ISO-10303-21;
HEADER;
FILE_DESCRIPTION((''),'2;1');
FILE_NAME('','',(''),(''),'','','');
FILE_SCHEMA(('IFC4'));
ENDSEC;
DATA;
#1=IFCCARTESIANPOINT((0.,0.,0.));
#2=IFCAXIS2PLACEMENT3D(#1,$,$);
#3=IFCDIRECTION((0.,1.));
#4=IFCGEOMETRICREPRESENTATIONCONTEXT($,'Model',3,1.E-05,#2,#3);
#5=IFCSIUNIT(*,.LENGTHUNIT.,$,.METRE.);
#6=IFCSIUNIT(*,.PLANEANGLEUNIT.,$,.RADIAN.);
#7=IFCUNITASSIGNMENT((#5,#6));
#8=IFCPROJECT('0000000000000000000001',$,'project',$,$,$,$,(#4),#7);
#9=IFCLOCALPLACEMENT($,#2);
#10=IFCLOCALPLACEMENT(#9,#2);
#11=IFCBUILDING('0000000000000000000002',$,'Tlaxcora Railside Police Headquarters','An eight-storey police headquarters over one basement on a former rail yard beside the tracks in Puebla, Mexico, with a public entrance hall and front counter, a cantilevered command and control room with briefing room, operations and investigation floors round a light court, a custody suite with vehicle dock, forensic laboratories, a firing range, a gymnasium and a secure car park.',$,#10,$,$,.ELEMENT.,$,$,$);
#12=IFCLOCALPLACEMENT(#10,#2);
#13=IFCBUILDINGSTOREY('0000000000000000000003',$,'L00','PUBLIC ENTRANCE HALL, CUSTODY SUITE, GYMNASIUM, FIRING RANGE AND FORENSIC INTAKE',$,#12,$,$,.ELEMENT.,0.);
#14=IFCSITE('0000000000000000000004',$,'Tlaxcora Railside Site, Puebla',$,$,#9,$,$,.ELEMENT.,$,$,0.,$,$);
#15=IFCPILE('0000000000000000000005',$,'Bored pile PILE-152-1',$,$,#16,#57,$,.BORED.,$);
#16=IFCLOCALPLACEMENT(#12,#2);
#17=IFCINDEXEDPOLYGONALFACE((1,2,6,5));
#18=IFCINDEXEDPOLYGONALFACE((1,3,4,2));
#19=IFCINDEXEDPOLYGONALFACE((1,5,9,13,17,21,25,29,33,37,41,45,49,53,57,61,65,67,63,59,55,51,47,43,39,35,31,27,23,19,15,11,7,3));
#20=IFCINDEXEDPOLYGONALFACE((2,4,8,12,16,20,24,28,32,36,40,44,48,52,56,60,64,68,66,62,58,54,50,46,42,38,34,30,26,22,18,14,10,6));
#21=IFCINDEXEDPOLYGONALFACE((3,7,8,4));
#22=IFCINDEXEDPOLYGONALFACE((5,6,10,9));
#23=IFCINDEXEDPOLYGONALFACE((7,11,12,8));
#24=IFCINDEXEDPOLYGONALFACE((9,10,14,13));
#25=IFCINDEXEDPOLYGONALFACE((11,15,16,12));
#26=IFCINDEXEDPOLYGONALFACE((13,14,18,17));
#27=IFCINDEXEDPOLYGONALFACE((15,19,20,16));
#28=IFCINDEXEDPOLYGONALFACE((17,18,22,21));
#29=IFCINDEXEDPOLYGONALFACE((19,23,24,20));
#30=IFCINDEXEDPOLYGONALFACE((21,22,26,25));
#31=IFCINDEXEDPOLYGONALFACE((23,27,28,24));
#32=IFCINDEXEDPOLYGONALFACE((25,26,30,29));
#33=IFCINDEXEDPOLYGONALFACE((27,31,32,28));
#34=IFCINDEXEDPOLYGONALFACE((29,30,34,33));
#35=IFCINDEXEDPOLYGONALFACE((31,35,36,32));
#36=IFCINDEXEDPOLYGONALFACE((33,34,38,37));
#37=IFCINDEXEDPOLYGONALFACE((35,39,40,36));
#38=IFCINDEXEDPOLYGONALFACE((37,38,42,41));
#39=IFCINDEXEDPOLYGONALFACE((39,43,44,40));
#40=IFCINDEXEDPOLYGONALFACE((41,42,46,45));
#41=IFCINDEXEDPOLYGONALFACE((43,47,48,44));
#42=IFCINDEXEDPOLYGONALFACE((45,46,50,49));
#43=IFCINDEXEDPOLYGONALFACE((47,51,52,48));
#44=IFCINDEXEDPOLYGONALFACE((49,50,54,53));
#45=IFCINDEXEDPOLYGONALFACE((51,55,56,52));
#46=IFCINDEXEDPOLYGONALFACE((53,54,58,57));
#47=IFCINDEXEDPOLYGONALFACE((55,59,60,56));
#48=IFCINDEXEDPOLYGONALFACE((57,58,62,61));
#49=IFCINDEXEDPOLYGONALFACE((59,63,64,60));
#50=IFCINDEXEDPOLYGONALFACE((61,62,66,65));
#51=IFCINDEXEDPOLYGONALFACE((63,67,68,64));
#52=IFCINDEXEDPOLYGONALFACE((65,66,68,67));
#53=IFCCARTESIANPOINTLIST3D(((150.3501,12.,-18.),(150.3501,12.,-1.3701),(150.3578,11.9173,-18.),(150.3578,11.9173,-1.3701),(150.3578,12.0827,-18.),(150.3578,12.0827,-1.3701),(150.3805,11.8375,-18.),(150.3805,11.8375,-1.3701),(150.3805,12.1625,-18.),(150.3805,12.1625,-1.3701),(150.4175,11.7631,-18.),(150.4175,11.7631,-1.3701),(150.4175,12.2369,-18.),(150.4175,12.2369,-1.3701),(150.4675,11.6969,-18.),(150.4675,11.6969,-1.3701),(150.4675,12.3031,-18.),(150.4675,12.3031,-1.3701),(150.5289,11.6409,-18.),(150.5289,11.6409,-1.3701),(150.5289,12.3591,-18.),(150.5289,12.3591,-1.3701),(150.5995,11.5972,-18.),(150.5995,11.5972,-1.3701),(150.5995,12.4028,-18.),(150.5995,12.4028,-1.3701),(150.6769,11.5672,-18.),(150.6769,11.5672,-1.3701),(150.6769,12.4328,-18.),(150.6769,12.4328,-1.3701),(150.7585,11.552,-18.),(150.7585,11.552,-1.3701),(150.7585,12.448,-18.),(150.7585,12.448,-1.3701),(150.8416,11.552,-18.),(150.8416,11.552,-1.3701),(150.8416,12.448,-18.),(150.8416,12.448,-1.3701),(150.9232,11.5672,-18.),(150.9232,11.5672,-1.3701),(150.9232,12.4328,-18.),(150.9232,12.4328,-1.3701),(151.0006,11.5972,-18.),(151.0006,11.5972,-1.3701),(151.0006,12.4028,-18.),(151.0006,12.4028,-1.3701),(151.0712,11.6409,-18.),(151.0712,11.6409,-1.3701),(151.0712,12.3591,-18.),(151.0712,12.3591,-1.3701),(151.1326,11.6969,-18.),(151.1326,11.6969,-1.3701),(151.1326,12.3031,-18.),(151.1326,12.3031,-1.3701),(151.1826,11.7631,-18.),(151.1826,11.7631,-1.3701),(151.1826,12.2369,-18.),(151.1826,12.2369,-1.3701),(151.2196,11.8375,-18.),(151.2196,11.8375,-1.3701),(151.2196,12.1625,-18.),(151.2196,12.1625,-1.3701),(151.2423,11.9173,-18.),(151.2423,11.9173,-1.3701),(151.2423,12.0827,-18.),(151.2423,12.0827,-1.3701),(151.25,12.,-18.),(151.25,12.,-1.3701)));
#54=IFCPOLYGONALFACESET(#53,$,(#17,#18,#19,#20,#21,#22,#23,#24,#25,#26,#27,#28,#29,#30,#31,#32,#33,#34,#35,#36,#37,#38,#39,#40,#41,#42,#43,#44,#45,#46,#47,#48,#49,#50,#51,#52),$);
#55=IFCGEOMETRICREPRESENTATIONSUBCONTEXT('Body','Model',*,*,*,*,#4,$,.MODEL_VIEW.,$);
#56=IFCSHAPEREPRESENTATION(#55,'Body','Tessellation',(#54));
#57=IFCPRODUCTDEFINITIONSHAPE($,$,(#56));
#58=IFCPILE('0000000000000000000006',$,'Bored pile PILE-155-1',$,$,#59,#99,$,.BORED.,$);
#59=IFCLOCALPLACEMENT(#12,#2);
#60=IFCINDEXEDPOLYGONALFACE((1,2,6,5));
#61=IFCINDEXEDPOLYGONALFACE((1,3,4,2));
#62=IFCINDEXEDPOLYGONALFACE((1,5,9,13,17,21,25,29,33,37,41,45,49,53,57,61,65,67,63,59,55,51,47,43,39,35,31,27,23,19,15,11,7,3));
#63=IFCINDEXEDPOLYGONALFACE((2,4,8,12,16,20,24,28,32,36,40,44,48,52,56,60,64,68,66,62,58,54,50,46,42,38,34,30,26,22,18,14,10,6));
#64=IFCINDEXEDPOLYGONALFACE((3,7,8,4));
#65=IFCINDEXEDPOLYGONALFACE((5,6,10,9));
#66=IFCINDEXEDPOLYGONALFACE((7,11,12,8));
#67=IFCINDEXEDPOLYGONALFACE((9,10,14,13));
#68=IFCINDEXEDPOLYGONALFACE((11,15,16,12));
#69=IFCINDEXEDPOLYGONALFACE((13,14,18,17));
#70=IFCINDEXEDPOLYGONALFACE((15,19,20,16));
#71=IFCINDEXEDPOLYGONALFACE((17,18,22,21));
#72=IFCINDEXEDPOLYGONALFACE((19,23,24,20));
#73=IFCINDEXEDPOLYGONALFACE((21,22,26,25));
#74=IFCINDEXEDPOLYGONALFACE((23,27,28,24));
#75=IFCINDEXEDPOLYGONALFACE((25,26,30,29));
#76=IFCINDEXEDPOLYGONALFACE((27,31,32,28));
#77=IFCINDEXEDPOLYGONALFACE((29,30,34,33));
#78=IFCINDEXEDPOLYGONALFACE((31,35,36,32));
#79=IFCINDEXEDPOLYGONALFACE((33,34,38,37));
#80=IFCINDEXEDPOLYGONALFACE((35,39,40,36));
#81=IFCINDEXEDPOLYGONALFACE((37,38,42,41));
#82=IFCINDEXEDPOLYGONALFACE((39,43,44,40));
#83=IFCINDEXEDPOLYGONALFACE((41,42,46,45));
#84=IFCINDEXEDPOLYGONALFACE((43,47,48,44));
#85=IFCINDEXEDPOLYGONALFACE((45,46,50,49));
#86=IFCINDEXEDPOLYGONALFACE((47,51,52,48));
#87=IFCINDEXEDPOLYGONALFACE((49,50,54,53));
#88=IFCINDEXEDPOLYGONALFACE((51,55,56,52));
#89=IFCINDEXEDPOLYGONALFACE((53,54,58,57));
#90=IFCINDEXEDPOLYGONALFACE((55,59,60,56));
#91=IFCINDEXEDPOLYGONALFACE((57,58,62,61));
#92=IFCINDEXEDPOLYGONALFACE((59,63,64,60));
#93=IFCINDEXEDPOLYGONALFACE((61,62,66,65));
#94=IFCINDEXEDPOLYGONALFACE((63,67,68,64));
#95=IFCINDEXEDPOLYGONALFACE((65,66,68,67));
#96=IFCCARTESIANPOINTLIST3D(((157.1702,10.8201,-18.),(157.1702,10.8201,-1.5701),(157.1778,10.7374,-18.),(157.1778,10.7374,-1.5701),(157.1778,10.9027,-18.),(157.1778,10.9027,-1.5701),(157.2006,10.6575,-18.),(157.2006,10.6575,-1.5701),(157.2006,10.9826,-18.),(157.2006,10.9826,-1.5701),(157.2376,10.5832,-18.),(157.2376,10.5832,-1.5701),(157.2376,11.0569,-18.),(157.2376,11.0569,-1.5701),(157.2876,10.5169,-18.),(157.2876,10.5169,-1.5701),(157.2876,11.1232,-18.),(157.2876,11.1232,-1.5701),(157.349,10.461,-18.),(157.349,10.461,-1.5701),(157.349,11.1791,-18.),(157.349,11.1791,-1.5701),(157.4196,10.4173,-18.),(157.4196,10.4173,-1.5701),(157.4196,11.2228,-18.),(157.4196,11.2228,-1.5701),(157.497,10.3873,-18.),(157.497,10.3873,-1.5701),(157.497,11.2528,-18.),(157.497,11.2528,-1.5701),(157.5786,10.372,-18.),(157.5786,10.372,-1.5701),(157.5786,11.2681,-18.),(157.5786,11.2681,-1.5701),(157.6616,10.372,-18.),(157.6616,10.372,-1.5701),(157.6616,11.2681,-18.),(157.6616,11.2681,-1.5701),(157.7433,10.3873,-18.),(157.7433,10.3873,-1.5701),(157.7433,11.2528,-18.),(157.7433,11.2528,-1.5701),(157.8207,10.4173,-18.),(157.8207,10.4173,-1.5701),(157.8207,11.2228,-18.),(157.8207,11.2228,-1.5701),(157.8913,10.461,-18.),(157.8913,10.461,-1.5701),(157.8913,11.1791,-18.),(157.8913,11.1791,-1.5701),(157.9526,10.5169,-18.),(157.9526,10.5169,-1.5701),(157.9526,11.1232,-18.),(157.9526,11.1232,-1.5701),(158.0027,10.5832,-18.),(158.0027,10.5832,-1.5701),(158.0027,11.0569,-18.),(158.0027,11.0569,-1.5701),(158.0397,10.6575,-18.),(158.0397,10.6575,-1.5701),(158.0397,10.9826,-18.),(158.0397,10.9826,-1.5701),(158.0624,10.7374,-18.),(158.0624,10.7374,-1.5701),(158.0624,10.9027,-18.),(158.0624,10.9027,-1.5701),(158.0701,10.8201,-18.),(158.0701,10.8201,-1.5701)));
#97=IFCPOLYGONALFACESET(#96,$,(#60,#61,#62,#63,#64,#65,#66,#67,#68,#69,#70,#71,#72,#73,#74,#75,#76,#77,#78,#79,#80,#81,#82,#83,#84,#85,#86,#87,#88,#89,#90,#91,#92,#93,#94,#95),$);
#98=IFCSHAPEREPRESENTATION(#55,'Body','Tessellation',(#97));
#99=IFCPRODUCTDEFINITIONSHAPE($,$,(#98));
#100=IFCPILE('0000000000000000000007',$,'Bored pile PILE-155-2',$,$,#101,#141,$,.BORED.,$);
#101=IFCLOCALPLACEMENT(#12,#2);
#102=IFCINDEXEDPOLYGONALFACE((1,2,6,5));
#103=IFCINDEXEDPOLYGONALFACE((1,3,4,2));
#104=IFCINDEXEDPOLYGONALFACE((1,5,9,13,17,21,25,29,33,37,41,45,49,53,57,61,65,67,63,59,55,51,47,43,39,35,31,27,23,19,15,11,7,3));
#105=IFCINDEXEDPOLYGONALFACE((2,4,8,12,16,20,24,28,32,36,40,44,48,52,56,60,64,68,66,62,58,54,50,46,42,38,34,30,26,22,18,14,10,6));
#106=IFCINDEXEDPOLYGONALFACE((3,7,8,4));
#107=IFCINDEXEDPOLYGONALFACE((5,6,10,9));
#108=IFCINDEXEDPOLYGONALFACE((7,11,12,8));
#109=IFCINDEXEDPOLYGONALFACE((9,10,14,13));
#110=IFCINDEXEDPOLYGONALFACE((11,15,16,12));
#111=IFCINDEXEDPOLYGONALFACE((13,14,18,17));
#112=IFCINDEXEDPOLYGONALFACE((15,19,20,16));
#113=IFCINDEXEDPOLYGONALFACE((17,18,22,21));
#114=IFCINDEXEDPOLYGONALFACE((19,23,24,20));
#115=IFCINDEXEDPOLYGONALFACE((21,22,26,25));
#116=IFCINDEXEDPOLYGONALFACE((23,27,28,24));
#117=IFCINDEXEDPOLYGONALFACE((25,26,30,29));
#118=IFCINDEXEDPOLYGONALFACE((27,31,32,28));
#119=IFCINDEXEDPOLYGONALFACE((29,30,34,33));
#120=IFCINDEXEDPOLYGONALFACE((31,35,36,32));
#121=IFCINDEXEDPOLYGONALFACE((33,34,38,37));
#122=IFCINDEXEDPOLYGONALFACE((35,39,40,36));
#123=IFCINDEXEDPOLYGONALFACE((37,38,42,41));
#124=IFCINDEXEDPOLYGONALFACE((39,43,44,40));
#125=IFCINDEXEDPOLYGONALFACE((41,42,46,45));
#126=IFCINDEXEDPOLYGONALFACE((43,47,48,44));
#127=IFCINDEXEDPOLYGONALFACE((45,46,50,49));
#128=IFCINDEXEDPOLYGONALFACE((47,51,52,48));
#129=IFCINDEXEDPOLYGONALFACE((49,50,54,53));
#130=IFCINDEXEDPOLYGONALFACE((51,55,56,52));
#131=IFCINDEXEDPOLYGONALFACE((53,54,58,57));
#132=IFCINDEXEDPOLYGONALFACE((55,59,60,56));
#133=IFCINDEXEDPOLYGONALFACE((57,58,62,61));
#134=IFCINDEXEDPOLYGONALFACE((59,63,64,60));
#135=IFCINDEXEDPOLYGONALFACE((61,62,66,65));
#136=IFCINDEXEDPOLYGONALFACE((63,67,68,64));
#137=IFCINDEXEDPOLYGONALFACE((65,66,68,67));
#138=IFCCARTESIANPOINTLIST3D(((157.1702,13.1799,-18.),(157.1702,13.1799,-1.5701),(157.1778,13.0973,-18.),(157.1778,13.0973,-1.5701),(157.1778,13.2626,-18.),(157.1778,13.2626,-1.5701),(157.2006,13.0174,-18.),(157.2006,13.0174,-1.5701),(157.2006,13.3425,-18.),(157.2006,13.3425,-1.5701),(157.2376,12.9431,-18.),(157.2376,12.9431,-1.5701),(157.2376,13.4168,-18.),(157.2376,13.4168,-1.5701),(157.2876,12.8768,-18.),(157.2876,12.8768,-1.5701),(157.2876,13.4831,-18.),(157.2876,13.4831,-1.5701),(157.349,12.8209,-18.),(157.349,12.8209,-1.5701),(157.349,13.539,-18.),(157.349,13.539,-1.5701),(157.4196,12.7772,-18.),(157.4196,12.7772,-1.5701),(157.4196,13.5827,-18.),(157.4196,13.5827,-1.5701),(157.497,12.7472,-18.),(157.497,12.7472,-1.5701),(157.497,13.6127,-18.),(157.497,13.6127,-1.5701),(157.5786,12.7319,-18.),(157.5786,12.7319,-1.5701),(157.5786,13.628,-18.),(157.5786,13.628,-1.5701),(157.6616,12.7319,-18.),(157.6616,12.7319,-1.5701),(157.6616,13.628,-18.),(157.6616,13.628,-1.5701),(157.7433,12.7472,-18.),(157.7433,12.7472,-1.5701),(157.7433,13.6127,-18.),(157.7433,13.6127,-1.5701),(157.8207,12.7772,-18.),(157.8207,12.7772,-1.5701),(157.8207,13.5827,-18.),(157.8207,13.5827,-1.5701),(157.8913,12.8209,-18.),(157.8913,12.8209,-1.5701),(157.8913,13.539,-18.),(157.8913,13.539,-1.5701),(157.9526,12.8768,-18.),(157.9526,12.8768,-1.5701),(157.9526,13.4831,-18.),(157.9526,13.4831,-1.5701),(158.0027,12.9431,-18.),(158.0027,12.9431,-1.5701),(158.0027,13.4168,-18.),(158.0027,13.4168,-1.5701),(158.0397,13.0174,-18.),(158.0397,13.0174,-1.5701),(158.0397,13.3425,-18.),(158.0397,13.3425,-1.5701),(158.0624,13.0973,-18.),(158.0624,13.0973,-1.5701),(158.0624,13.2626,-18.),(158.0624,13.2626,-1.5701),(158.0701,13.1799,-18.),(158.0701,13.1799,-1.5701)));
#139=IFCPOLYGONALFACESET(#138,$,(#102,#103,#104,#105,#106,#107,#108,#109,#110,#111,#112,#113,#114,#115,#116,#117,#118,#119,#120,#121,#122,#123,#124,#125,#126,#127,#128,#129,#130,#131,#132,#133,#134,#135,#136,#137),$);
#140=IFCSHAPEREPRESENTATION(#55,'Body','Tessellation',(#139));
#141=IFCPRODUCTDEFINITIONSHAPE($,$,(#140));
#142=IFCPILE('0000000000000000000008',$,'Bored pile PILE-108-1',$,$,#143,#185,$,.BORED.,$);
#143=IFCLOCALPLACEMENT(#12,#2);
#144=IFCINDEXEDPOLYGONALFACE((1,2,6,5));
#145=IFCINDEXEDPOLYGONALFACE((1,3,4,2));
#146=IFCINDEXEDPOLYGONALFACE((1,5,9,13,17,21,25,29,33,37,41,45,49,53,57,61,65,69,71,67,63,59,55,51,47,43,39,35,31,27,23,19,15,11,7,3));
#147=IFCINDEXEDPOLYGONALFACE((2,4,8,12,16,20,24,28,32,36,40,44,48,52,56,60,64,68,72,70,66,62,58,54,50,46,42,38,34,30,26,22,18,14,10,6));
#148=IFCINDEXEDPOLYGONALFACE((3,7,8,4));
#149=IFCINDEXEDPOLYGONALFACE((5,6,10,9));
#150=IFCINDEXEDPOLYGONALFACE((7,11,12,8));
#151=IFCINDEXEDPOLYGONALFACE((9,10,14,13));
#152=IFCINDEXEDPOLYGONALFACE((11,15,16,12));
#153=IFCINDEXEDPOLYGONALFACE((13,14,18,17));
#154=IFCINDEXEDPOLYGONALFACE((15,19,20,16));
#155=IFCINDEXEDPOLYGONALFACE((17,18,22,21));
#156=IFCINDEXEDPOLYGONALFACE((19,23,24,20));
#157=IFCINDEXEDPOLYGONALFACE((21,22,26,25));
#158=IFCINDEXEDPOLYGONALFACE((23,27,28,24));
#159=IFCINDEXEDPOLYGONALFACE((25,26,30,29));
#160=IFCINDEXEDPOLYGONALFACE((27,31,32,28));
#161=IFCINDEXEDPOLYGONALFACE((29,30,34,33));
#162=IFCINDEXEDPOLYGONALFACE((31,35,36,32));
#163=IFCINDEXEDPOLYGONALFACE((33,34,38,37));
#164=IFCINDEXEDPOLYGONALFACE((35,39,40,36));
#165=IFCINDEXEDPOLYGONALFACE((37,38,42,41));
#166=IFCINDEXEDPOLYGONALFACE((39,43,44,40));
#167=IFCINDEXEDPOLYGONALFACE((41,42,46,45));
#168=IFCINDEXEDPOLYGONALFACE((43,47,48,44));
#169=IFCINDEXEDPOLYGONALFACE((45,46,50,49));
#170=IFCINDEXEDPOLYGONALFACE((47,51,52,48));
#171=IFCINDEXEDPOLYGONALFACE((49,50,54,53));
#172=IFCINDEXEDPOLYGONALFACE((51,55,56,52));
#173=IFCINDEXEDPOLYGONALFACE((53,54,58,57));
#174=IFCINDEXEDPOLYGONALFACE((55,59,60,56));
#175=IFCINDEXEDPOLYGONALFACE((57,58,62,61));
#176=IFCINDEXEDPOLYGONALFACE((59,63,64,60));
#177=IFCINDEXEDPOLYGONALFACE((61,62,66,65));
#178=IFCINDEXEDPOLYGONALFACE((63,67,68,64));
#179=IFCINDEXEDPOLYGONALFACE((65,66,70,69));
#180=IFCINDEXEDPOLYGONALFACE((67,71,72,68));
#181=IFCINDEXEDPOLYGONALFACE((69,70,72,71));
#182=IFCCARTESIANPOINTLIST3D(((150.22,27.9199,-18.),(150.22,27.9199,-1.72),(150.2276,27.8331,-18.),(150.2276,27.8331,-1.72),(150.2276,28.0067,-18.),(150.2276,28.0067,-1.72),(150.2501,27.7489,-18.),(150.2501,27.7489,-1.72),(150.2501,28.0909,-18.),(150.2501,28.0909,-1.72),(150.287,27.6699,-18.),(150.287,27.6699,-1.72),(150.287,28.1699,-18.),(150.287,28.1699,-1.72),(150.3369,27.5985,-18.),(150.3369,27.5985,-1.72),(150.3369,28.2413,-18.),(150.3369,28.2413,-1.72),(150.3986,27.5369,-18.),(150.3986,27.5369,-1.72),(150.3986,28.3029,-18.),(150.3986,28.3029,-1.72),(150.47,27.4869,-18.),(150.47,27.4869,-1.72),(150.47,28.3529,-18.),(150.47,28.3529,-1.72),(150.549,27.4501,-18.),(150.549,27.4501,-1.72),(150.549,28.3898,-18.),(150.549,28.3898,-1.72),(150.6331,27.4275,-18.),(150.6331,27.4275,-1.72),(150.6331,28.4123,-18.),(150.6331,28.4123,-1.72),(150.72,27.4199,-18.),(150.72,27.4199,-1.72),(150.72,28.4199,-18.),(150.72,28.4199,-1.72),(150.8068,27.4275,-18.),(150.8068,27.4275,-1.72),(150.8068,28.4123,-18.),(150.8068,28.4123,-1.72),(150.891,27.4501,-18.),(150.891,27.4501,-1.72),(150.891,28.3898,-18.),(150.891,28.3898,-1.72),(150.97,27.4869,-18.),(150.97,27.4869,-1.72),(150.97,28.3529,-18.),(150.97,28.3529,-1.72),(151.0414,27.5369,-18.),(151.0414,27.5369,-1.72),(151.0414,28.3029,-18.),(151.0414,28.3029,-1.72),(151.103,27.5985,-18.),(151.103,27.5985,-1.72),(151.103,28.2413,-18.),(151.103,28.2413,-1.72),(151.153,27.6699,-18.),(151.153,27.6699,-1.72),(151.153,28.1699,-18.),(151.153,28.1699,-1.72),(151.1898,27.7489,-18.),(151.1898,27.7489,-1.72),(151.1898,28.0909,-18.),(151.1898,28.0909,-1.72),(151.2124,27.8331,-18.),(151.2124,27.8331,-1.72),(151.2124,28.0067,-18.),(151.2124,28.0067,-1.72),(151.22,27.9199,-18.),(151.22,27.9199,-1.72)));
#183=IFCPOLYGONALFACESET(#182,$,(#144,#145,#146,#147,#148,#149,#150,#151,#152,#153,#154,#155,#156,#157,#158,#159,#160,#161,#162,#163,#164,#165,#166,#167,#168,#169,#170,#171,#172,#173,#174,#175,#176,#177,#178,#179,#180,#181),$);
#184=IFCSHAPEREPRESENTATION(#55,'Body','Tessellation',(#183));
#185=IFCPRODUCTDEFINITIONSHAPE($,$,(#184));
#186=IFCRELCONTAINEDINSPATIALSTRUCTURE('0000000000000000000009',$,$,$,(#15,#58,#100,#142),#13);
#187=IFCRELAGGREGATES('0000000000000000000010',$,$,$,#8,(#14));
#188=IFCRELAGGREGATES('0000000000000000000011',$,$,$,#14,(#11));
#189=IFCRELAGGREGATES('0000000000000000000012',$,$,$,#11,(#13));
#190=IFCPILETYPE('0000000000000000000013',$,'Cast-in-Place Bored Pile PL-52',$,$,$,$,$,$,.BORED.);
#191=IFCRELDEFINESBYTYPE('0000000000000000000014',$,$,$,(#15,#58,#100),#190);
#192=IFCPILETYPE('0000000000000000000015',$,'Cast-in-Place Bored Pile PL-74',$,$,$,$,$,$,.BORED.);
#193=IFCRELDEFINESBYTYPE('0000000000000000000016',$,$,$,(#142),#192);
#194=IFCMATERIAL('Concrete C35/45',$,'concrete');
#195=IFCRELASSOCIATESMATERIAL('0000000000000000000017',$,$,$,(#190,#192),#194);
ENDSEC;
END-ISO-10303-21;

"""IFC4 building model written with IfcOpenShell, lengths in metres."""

from ifc_helpers import new_model, si_unit, direction, frame, origin, origin_2d, place, context, subcontext, project, spatial, circle, extrude, material, material_profile, profile_set, type_object, element, save


model = new_model("IFC4")

# Units and contexts
model_context = context("Model", 3, precision=1e-05, world=origin(), true_north=direction((0.0, 1.0)))
body_context = subcontext(model_context, "Body", "Model", "MODEL_VIEW")
ifc_project = project(units=[si_unit("LENGTHUNIT", "METRE"), si_unit("PLANEANGLEUNIT", "RADIAN")], contexts=[model_context])

# Site, building, storey
site_placement = place(None, origin())
site = spatial("IfcSite", under=ifc_project, at=site_placement, Name="Tlaxcora Railside Site, Puebla", CompositionType="ELEMENT", RefElevation=0.0)
building_placement = place(site_placement, origin())
building = spatial("IfcBuilding", under=site, at=building_placement, Name="Tlaxcora Railside Police Headquarters", Description="An eight-storey police headquarters over one basement on a former rail yard beside the tracks in Puebla, Mexico, with a public entrance hall and front counter, a cantilevered command and control room with briefing room, operations and investigation floors round a light court, a custody suite with vehicle dock, forensic laboratories, a firing range, a gymnasium and a secure car park.", CompositionType="ELEMENT")
storey_placement = place(building_placement, origin())
storey = spatial("IfcBuildingStorey", under=building, at=storey_placement, Name="L00", Description="PUBLIC ENTRANCE HALL, CUSTODY SUITE, GYMNASIUM, FIRING RANGE AND FORENSIC INTAKE", CompositionType="ELEMENT", Elevation=0.0)

# Piles
ifc_material_1 = material(Name="Concrete C35/45", Category="concrete")
ifc_material_profile_1 = material_profile(ifc_material_1, circle(Radius=0.45, at=origin_2d()), Name="PILE900")
ifc_profile_set_1 = profile_set([ifc_material_profile_1], Name="Concrete C35/45")
pile_type_1 = type_object("IfcPileType", Name="Cast-in-Place Bored Pile PL-52", PredefinedType="BORED", material=ifc_profile_set_1)
pile_placement = place(storey_placement, frame((150.8, 12.0, -1.3701), z_axis=(0.0, 0.0, -1.0), x_axis=(1.0, 0.0, 0.0)))
element("IfcPile", 1, at=pile_placement, inside=storey, type_object=pile_type_1, Name="Bored pile PILE-152-1", PredefinedType="BORED", context=body_context, shape_type="SweptSolid", body=[
    extrude(circle(Radius=0.45, at=origin_2d()), origin(), (0.0, 0.0, 1.0), 16.6299),
])
for number, where, z_axis, x_axis, name in (
    (2, (157.6201, 10.8201, -1.5701), (0.0, 0.0, -1.0), (1.0, 0.0, 0.0), "Bored pile PILE-155-1"),
    (3, (157.6201, 13.1799, -1.5701), (0.0, 0.0, -1.0), (1.0, 0.0, 0.0), "Bored pile PILE-155-2"),
):
    element("IfcPile", number, at=place(storey_placement, frame(where, z_axis=z_axis, x_axis=x_axis)), inside=storey, type_object=pile_type_1, Name=name, PredefinedType="BORED", context=body_context, shape_type="SweptSolid", body=[
        extrude(circle(Radius=0.45, at=origin_2d()), origin(), (0.0, 0.0, 1.0), 16.4299),
    ])
ifc_material_profile_2 = material_profile(ifc_material_1, circle(Radius=0.5, at=origin_2d()), Name="PILE1000")
ifc_profile_set_2 = profile_set([ifc_material_profile_2], Name="Concrete C35/45")
pile_type_2 = type_object("IfcPileType", Name="Cast-in-Place Bored Pile PL-74", PredefinedType="BORED", material=ifc_profile_set_2)
for number, where, z_axis, x_axis, name in (
    (4, (150.72, 27.9199, -1.72), (0.0, 0.0, -1.0), (1.0, 0.0, 0.0), "Bored pile PILE-108-1"),
):
    element("IfcPile", number, at=place(storey_placement, frame(where, z_axis=z_axis, x_axis=x_axis)), inside=storey, type_object=pile_type_2, Name=name, PredefinedType="BORED", context=body_context, shape_type="SweptSolid", body=[
        extrude(circle(Radius=0.5, at=origin_2d()), origin(), (0.0, 0.0, 1.0), 16.28),
    ])

save(model, "model.ifc")
